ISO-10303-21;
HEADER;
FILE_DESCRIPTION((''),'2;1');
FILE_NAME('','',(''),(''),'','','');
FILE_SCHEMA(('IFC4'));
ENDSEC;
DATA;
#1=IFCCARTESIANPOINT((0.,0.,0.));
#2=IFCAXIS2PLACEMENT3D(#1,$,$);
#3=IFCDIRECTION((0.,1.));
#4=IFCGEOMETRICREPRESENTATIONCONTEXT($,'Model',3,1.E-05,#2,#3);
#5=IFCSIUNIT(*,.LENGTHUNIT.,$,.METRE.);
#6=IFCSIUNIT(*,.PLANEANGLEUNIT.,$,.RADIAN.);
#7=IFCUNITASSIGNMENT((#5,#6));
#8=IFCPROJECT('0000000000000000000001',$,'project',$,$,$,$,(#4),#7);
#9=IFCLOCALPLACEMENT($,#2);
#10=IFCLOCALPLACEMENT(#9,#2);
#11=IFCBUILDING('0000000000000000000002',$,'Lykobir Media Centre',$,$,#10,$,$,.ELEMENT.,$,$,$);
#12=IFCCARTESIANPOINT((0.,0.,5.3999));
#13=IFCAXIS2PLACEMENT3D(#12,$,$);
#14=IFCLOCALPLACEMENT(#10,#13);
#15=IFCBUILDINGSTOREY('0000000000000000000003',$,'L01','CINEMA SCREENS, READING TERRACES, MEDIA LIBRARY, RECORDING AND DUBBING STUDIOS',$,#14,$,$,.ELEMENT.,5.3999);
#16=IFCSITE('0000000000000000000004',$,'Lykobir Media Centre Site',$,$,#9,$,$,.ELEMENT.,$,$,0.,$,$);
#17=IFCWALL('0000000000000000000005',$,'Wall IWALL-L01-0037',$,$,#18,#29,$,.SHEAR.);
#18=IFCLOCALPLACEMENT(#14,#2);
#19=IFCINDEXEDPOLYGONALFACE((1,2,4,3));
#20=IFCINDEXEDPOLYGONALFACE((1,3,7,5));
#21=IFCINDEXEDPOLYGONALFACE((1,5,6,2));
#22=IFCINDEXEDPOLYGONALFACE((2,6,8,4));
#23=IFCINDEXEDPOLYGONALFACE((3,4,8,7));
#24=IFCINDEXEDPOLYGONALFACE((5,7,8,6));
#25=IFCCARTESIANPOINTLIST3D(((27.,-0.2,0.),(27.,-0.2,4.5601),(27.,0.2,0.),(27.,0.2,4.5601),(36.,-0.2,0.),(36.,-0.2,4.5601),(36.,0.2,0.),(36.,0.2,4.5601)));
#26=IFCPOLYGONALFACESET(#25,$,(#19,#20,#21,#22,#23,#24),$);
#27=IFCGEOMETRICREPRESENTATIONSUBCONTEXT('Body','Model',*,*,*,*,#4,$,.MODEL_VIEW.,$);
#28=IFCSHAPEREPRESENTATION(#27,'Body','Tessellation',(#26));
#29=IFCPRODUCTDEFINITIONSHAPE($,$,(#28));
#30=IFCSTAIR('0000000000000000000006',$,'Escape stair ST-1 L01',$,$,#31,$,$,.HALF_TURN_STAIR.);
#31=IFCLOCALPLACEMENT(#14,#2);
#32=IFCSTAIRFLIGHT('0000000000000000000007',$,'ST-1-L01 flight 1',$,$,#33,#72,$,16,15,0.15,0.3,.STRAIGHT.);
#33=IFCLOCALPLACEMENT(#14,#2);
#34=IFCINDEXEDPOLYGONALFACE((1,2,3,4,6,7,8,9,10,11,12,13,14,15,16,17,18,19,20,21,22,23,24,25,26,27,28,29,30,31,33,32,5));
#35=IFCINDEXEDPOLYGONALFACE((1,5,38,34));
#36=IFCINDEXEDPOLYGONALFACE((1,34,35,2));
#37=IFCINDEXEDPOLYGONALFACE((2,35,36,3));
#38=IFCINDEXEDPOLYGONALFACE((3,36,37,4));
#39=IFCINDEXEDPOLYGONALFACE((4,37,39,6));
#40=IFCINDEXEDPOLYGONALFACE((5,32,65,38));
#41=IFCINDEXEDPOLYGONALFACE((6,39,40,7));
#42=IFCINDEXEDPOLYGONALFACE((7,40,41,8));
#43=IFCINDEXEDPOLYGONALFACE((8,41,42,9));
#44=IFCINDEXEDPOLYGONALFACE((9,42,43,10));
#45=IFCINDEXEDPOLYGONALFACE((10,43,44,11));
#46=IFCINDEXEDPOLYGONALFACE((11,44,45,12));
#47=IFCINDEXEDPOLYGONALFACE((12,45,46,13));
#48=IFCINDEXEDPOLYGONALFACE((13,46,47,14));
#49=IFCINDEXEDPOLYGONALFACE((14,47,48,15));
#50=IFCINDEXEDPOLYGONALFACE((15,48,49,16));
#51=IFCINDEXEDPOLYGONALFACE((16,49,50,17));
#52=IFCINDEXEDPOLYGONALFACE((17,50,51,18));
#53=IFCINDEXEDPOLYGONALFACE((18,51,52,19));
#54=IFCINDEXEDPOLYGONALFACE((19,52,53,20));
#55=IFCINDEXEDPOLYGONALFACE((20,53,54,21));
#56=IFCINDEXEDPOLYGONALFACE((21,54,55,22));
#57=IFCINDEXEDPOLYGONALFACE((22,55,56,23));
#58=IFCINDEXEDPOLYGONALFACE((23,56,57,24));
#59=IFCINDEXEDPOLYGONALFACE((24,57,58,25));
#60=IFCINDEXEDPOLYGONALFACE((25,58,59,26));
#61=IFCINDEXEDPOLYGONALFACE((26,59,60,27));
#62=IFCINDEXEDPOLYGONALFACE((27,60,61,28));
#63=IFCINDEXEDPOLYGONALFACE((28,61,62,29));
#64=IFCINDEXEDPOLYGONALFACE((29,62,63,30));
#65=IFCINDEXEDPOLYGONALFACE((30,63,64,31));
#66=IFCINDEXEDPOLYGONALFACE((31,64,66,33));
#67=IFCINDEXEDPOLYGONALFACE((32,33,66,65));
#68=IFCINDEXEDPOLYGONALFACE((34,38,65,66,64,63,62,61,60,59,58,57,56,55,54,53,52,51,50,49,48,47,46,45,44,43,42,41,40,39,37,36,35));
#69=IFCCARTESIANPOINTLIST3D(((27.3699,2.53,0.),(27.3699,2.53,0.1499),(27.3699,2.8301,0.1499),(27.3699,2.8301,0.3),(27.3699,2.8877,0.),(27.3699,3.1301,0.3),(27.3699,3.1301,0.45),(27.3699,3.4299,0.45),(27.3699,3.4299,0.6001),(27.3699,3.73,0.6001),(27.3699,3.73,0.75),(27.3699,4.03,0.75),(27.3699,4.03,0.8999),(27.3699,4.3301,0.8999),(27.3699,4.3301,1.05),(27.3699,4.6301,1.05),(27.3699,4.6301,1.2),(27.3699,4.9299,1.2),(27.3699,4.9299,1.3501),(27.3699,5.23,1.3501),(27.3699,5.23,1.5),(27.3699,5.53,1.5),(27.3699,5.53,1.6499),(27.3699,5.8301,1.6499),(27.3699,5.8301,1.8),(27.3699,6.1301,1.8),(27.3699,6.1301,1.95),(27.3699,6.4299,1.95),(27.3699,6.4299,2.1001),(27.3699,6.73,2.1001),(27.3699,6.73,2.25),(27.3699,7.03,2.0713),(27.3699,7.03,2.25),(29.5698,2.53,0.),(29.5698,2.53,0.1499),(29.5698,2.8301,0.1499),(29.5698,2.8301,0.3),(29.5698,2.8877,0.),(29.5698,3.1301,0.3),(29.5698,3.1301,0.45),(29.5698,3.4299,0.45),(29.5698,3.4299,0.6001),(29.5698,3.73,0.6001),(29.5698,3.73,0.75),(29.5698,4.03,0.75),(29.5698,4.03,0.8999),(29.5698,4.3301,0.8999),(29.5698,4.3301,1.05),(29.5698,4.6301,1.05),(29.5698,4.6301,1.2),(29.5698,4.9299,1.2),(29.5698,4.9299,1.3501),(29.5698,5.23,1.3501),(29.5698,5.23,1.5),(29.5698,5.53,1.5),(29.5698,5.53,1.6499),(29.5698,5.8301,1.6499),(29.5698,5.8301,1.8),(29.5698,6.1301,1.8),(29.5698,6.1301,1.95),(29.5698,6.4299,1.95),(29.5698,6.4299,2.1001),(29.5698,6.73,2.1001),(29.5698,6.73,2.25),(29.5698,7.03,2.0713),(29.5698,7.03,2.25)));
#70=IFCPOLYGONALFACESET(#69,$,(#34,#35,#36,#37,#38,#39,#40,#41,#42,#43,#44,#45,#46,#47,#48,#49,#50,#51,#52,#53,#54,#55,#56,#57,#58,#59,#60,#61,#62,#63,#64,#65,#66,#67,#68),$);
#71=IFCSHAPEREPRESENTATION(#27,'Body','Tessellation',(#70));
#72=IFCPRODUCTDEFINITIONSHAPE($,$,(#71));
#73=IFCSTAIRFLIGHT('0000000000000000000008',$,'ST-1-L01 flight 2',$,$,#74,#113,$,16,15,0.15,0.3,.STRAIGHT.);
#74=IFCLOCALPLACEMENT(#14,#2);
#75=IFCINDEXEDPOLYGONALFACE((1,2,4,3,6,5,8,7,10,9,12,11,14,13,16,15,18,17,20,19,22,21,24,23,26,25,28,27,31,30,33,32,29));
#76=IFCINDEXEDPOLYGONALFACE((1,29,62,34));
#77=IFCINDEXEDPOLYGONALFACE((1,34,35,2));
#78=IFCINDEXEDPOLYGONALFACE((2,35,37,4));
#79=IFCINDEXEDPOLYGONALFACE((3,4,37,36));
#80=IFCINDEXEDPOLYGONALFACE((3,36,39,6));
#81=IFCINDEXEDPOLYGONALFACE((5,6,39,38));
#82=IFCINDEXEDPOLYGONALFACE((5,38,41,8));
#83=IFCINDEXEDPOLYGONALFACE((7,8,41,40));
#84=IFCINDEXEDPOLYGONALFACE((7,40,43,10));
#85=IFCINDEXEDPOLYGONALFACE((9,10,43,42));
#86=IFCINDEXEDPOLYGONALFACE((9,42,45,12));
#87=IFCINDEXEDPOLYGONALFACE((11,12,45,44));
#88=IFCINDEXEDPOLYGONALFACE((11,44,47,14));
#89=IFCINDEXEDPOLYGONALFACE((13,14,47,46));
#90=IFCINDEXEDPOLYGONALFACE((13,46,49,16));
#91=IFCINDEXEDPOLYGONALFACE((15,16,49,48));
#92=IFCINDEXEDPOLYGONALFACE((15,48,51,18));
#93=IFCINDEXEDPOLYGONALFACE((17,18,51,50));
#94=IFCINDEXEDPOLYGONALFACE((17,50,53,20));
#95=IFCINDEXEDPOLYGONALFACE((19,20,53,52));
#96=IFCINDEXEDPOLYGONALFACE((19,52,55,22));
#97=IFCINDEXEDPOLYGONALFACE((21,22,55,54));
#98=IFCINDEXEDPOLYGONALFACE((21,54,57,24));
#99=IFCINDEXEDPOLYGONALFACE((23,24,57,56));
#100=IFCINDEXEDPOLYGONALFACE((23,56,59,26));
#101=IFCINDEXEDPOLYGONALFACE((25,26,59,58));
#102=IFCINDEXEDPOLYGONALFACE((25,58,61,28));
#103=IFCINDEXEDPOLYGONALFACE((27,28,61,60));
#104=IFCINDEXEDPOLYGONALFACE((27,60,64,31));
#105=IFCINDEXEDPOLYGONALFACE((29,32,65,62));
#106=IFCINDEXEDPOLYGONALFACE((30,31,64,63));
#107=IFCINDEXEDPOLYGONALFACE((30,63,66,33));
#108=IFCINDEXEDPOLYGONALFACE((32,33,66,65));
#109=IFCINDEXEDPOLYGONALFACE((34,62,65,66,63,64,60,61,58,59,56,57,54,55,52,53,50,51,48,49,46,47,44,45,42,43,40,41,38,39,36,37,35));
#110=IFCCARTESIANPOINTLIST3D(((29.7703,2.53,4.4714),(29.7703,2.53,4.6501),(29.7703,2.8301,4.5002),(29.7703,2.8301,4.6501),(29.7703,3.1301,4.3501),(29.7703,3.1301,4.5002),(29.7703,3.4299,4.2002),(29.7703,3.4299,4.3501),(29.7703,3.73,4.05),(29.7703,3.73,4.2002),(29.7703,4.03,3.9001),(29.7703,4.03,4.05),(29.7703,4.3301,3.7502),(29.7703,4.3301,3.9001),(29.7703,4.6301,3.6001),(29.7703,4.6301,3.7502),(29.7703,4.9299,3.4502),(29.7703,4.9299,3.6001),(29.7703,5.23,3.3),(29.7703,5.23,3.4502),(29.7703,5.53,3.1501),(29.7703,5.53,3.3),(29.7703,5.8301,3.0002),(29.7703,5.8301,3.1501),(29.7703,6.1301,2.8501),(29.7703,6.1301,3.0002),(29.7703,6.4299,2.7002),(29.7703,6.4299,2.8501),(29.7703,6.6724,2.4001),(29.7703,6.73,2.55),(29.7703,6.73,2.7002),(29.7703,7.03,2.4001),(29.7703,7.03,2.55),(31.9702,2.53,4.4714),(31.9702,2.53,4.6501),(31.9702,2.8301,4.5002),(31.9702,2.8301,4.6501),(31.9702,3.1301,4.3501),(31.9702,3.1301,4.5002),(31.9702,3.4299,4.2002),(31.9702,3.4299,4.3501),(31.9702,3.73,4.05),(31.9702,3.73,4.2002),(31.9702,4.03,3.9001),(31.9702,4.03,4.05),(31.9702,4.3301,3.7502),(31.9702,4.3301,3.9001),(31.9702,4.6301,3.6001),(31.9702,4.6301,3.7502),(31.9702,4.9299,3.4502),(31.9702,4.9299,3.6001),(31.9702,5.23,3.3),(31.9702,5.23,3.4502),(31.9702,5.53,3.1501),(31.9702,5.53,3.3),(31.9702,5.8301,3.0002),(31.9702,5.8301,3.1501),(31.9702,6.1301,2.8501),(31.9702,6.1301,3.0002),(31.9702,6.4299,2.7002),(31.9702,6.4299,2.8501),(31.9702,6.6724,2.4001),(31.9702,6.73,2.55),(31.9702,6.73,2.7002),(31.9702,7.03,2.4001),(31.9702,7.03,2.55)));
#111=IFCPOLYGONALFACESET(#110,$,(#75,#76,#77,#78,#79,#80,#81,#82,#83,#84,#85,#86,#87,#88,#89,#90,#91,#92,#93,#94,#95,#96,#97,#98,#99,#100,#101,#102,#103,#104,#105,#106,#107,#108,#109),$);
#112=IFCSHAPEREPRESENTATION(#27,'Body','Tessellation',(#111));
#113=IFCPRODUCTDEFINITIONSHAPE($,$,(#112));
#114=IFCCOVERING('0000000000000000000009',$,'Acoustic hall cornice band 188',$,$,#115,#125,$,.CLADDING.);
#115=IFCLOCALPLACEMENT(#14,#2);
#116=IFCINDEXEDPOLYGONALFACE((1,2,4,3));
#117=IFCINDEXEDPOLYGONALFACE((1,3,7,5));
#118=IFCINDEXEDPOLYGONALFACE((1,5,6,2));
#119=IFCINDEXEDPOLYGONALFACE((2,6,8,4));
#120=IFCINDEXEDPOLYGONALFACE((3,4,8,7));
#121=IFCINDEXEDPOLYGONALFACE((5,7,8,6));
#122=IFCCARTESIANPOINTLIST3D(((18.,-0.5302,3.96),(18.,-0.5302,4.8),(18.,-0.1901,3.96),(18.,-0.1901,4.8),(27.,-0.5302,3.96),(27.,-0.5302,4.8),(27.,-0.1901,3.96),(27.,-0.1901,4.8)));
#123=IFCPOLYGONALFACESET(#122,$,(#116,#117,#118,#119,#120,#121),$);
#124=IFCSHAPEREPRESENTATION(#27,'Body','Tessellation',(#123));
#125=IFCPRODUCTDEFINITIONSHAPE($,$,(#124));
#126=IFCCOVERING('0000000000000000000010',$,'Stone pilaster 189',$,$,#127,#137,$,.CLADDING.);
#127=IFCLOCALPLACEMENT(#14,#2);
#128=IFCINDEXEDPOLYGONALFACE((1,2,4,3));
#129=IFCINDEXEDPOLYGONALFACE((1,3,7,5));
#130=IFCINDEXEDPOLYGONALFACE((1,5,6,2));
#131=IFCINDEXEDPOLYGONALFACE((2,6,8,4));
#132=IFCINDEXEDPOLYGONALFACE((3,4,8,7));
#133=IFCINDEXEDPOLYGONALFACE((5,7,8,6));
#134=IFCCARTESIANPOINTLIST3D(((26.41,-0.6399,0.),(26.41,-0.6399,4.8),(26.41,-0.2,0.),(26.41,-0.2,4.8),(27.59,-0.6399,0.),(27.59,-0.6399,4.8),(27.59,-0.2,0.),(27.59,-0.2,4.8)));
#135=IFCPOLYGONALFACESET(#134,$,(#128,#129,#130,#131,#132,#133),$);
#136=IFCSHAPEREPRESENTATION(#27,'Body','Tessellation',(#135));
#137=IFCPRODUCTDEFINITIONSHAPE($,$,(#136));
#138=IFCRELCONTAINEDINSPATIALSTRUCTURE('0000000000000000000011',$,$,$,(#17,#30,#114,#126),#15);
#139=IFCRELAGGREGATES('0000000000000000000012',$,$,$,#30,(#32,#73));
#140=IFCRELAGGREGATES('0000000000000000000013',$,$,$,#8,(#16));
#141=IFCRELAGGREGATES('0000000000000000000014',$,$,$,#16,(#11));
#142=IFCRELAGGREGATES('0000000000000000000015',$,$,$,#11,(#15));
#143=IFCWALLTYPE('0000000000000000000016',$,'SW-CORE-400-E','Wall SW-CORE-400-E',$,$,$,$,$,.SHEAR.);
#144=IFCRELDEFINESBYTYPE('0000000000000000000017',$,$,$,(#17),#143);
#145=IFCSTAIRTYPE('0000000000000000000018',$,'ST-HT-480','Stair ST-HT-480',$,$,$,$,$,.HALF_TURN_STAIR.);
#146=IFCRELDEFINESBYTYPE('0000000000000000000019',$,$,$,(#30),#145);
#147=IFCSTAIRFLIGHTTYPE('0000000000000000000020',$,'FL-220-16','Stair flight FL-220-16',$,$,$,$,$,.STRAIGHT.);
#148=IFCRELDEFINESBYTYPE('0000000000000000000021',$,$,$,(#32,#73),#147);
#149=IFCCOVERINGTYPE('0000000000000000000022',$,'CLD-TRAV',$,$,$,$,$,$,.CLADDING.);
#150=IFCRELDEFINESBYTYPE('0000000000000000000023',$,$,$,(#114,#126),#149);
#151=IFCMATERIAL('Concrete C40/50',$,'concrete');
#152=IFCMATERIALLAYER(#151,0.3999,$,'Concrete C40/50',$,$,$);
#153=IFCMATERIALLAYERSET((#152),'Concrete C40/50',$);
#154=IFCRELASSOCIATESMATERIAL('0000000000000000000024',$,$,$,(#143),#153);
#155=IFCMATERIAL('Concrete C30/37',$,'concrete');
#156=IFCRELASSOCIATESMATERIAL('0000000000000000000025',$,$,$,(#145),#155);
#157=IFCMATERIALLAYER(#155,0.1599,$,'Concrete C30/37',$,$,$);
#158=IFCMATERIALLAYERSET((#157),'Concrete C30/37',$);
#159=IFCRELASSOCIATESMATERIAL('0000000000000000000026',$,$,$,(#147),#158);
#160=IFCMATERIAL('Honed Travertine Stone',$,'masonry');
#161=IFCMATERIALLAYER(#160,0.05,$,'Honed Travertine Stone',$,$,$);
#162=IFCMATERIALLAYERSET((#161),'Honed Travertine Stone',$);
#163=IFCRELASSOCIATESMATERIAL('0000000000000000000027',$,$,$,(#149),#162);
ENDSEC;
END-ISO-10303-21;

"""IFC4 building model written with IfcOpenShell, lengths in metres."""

from ifc_helpers import new_model, si_unit, direction, frame, frame_2d, origin, origin_2d, place, context, subcontext, project, spatial, polyline, rectangle, outline, extrude, material, layer, layer_set, type_object, element, aggregate, save


model = new_model("IFC4")

# Units and contexts
model_context = context("Model", 3, precision=1e-05, world=origin(), true_north=direction((0.0, 1.0)))
body_context = subcontext(model_context, "Body", "Model", "MODEL_VIEW")
ifc_project = project(units=[si_unit("LENGTHUNIT", "METRE"), si_unit("PLANEANGLEUNIT", "RADIAN")], contexts=[model_context])

# Site, building, storey
site_placement = place(None, origin())
site = spatial("IfcSite", under=ifc_project, at=site_placement, Name="Lykobir Media Centre Site", CompositionType="ELEMENT", RefElevation=0.0)
building_placement = place(site_placement, origin())
building = spatial("IfcBuilding", under=site, at=building_placement, Name="Lykobir Media Centre", CompositionType="ELEMENT")
storey_placement = place(building_placement, frame((0.0, 0.0, 5.3999)))
storey = spatial("IfcBuildingStorey", under=building, at=storey_placement, Name="L01", Description="CINEMA SCREENS, READING TERRACES, MEDIA LIBRARY, RECORDING AND DUBBING STUDIOS", CompositionType="ELEMENT", Elevation=5.3999)

# Shared definitions
ifc_material_1 = material(Name="Honed Travertine Stone", Category="masonry")
ifc_material_2 = material(Name="Concrete C40/50", Category="concrete")

# Wall
ifc_layer_1 = layer(ifc_material_2, 0.3999, Name="Concrete C40/50")
ifc_layer_set_1 = layer_set([ifc_layer_1], Name="Concrete C40/50")
wall_type_1 = type_object("IfcWallType", Name="SW-CORE-400-E", Description="Wall SW-CORE-400-E", PredefinedType="SHEAR", material=ifc_layer_set_1)
wall_1_placement = place(storey_placement, frame((27.0, 0.0, 0.0), z_axis=(0.0, 0.0, 1.0), x_axis=(1.0, 0.0, 0.0)))
element("IfcWall", 1, at=wall_1_placement, inside=storey, type_object=wall_type_1, Name="Wall IWALL-L01-0037", PredefinedType="SHEAR", context=body_context, shape_type="SweptSolid", body=[
    extrude(rectangle(XDim=9.0, YDim=0.3999, at=frame_2d((4.5, 0.0))), origin(), (0.0, 0.0, 1.0), 4.5601),
])

# Stair, stair flights
ifc_material_3 = material(Name="Concrete C30/37", Category="concrete")
stair_type = type_object("IfcStairType", Name="ST-HT-480", Description="Stair ST-HT-480", PredefinedType="HALF_TURN_STAIR", material=ifc_material_3)
stair_placement = place(storey_placement, origin())
stair = element("IfcStair", 2, at=stair_placement, inside=storey, type_object=stair_type, Name="Escape stair ST-1 L01", PredefinedType="HALF_TURN_STAIR")
ifc_layer_2 = layer(ifc_material_3, 0.1599, Name="Concrete C30/37")
ifc_layer_set_2 = layer_set([ifc_layer_2], Name="Concrete C30/37")
stair_flight_type = type_object("IfcStairFlightType", Name="FL-220-16", Description="Stair flight FL-220-16", PredefinedType="STRAIGHT", material=ifc_layer_set_2)
stair_flight_1_placement = place(storey_placement, frame((28.47, 2.53, 0.0), z_axis=(0.0, 0.0, 1.0), x_axis=(0.0, 1.0, 0.0)))
stair_flight_1 = element("IfcStairFlight", 3, at=stair_flight_1_placement, type_object=stair_flight_type, Name="ST-1-L01 flight 1", NumberOfRisers=16, NumberOfTreads=15, PredefinedType="STRAIGHT", RiserHeight=0.15, TreadLength=0.3, context=body_context, shape_type="SweptSolid", body=[
    extrude(outline(polyline([(0.0, 0.0), (0.0, 0.1499), (0.3, 0.1499), (0.3, 0.3), (0.6001, 0.3), (0.6001, 0.45), (0.8999, 0.45), (0.8999, 0.6001), (1.2, 0.6001), (1.2, 0.75), (1.5, 0.75), (1.5, 0.8999), (1.8, 0.8999), (1.8, 1.05), (2.1001, 1.05), (2.1001, 1.2), (2.3999, 1.2), (2.3999, 1.3501), (2.7, 1.3501), (2.7, 1.5), (3.0, 1.5), (3.0, 1.6499), (3.3, 1.6499), (3.3, 1.8), (3.6001, 1.8), (3.6001, 1.95), (3.8999, 1.95), (3.8999, 2.1001), (4.2, 2.1001), (4.2, 2.25), (4.5, 2.25), (4.5, 2.3999), (4.5, 2.0713), (0.3577, 0.0), (0.0, 0.0)])), frame((0.0, 1.1001, 0.0), z_axis=(0.0, -1.0, 0.0), x_axis=(1.0, 0.0, 0.0)), (0.0, 0.0, 1.0), 2.2),
])
stair_flight_2_placement = place(storey_placement, frame((30.8701, 7.03, 2.4001), z_axis=(0.0, 0.0, 1.0), x_axis=(0.0, -1.0, 0.0)))
stair_flight_2 = element("IfcStairFlight", 4, at=stair_flight_2_placement, type_object=stair_flight_type, Name="ST-1-L01 flight 2", NumberOfRisers=16, NumberOfTreads=15, PredefinedType="STRAIGHT", RiserHeight=0.15, TreadLength=0.3, context=body_context, shape_type="SweptSolid", body=[
    extrude(outline(polyline([(0.0, 0.0), (0.0, 0.1499), (0.3, 0.1499), (0.3, 0.3), (0.6001, 0.3), (0.6001, 0.45), (0.8999, 0.45), (0.8999, 0.6001), (1.2, 0.6001), (1.2, 0.75), (1.5, 0.75), (1.5, 0.8999), (1.8, 0.8999), (1.8, 1.05), (2.1001, 1.05), (2.1001, 1.2), (2.3999, 1.2), (2.3999, 1.3501), (2.7, 1.3501), (2.7, 1.5), (3.0, 1.5), (3.0, 1.6499), (3.3, 1.6499), (3.3, 1.8), (3.6001, 1.8), (3.6001, 1.95), (3.8999, 1.95), (3.8999, 2.1001), (4.2, 2.1001), (4.2, 2.25), (4.5, 2.25), (4.5, 2.3999), (4.5, 2.0713), (0.3577, 0.0), (0.0, 0.0)])), frame((0.0, 1.1001, 0.0), z_axis=(0.0, -1.0, 0.0), x_axis=(1.0, 0.0, 0.0)), (0.0, 0.0, 1.0), 2.2),
])
aggregate(stair, [stair_flight_1, stair_flight_2])

# Coverings
ifc_layer_3 = layer(ifc_material_1, 0.05, Name="Honed Travertine Stone")
ifc_layer_set_3 = layer_set([ifc_layer_3], Name="Honed Travertine Stone")
covering_type = type_object("IfcCoveringType", Name="CLD-TRAV", PredefinedType="CLADDING", material=ifc_layer_set_3)
covering_1_placement = place(storey_placement, frame((22.5, -0.3601, 3.96), z_axis=(0.0, 0.0, 1.0), x_axis=(1.0, 0.0, 0.0)))
element("IfcCovering", 5, at=covering_1_placement, inside=storey, type_object=covering_type, Name="Acoustic hall cornice band 188", PredefinedType="CLADDING", context=body_context, shape_type="SweptSolid", body=[
    extrude(rectangle(XDim=9.0, YDim=0.3401, at=origin_2d()), origin(), (0.0, 0.0, 1.0), 0.8401),
])
covering_2_placement = place(storey_placement, frame((27.0, -0.4199, 0.0), z_axis=(0.0, 0.0, 1.0), x_axis=(1.0, 0.0, 0.0)))
element("IfcCovering", 6, at=covering_2_placement, inside=storey, type_object=covering_type, Name="Stone pilaster 189", PredefinedType="CLADDING", context=body_context, shape_type="SweptSolid", body=[
    extrude(rectangle(XDim=1.1799, YDim=0.4399, at=origin_2d()), origin(), (0.0, 0.0, 1.0), 4.8),
])

save(model, "model.ifc")
